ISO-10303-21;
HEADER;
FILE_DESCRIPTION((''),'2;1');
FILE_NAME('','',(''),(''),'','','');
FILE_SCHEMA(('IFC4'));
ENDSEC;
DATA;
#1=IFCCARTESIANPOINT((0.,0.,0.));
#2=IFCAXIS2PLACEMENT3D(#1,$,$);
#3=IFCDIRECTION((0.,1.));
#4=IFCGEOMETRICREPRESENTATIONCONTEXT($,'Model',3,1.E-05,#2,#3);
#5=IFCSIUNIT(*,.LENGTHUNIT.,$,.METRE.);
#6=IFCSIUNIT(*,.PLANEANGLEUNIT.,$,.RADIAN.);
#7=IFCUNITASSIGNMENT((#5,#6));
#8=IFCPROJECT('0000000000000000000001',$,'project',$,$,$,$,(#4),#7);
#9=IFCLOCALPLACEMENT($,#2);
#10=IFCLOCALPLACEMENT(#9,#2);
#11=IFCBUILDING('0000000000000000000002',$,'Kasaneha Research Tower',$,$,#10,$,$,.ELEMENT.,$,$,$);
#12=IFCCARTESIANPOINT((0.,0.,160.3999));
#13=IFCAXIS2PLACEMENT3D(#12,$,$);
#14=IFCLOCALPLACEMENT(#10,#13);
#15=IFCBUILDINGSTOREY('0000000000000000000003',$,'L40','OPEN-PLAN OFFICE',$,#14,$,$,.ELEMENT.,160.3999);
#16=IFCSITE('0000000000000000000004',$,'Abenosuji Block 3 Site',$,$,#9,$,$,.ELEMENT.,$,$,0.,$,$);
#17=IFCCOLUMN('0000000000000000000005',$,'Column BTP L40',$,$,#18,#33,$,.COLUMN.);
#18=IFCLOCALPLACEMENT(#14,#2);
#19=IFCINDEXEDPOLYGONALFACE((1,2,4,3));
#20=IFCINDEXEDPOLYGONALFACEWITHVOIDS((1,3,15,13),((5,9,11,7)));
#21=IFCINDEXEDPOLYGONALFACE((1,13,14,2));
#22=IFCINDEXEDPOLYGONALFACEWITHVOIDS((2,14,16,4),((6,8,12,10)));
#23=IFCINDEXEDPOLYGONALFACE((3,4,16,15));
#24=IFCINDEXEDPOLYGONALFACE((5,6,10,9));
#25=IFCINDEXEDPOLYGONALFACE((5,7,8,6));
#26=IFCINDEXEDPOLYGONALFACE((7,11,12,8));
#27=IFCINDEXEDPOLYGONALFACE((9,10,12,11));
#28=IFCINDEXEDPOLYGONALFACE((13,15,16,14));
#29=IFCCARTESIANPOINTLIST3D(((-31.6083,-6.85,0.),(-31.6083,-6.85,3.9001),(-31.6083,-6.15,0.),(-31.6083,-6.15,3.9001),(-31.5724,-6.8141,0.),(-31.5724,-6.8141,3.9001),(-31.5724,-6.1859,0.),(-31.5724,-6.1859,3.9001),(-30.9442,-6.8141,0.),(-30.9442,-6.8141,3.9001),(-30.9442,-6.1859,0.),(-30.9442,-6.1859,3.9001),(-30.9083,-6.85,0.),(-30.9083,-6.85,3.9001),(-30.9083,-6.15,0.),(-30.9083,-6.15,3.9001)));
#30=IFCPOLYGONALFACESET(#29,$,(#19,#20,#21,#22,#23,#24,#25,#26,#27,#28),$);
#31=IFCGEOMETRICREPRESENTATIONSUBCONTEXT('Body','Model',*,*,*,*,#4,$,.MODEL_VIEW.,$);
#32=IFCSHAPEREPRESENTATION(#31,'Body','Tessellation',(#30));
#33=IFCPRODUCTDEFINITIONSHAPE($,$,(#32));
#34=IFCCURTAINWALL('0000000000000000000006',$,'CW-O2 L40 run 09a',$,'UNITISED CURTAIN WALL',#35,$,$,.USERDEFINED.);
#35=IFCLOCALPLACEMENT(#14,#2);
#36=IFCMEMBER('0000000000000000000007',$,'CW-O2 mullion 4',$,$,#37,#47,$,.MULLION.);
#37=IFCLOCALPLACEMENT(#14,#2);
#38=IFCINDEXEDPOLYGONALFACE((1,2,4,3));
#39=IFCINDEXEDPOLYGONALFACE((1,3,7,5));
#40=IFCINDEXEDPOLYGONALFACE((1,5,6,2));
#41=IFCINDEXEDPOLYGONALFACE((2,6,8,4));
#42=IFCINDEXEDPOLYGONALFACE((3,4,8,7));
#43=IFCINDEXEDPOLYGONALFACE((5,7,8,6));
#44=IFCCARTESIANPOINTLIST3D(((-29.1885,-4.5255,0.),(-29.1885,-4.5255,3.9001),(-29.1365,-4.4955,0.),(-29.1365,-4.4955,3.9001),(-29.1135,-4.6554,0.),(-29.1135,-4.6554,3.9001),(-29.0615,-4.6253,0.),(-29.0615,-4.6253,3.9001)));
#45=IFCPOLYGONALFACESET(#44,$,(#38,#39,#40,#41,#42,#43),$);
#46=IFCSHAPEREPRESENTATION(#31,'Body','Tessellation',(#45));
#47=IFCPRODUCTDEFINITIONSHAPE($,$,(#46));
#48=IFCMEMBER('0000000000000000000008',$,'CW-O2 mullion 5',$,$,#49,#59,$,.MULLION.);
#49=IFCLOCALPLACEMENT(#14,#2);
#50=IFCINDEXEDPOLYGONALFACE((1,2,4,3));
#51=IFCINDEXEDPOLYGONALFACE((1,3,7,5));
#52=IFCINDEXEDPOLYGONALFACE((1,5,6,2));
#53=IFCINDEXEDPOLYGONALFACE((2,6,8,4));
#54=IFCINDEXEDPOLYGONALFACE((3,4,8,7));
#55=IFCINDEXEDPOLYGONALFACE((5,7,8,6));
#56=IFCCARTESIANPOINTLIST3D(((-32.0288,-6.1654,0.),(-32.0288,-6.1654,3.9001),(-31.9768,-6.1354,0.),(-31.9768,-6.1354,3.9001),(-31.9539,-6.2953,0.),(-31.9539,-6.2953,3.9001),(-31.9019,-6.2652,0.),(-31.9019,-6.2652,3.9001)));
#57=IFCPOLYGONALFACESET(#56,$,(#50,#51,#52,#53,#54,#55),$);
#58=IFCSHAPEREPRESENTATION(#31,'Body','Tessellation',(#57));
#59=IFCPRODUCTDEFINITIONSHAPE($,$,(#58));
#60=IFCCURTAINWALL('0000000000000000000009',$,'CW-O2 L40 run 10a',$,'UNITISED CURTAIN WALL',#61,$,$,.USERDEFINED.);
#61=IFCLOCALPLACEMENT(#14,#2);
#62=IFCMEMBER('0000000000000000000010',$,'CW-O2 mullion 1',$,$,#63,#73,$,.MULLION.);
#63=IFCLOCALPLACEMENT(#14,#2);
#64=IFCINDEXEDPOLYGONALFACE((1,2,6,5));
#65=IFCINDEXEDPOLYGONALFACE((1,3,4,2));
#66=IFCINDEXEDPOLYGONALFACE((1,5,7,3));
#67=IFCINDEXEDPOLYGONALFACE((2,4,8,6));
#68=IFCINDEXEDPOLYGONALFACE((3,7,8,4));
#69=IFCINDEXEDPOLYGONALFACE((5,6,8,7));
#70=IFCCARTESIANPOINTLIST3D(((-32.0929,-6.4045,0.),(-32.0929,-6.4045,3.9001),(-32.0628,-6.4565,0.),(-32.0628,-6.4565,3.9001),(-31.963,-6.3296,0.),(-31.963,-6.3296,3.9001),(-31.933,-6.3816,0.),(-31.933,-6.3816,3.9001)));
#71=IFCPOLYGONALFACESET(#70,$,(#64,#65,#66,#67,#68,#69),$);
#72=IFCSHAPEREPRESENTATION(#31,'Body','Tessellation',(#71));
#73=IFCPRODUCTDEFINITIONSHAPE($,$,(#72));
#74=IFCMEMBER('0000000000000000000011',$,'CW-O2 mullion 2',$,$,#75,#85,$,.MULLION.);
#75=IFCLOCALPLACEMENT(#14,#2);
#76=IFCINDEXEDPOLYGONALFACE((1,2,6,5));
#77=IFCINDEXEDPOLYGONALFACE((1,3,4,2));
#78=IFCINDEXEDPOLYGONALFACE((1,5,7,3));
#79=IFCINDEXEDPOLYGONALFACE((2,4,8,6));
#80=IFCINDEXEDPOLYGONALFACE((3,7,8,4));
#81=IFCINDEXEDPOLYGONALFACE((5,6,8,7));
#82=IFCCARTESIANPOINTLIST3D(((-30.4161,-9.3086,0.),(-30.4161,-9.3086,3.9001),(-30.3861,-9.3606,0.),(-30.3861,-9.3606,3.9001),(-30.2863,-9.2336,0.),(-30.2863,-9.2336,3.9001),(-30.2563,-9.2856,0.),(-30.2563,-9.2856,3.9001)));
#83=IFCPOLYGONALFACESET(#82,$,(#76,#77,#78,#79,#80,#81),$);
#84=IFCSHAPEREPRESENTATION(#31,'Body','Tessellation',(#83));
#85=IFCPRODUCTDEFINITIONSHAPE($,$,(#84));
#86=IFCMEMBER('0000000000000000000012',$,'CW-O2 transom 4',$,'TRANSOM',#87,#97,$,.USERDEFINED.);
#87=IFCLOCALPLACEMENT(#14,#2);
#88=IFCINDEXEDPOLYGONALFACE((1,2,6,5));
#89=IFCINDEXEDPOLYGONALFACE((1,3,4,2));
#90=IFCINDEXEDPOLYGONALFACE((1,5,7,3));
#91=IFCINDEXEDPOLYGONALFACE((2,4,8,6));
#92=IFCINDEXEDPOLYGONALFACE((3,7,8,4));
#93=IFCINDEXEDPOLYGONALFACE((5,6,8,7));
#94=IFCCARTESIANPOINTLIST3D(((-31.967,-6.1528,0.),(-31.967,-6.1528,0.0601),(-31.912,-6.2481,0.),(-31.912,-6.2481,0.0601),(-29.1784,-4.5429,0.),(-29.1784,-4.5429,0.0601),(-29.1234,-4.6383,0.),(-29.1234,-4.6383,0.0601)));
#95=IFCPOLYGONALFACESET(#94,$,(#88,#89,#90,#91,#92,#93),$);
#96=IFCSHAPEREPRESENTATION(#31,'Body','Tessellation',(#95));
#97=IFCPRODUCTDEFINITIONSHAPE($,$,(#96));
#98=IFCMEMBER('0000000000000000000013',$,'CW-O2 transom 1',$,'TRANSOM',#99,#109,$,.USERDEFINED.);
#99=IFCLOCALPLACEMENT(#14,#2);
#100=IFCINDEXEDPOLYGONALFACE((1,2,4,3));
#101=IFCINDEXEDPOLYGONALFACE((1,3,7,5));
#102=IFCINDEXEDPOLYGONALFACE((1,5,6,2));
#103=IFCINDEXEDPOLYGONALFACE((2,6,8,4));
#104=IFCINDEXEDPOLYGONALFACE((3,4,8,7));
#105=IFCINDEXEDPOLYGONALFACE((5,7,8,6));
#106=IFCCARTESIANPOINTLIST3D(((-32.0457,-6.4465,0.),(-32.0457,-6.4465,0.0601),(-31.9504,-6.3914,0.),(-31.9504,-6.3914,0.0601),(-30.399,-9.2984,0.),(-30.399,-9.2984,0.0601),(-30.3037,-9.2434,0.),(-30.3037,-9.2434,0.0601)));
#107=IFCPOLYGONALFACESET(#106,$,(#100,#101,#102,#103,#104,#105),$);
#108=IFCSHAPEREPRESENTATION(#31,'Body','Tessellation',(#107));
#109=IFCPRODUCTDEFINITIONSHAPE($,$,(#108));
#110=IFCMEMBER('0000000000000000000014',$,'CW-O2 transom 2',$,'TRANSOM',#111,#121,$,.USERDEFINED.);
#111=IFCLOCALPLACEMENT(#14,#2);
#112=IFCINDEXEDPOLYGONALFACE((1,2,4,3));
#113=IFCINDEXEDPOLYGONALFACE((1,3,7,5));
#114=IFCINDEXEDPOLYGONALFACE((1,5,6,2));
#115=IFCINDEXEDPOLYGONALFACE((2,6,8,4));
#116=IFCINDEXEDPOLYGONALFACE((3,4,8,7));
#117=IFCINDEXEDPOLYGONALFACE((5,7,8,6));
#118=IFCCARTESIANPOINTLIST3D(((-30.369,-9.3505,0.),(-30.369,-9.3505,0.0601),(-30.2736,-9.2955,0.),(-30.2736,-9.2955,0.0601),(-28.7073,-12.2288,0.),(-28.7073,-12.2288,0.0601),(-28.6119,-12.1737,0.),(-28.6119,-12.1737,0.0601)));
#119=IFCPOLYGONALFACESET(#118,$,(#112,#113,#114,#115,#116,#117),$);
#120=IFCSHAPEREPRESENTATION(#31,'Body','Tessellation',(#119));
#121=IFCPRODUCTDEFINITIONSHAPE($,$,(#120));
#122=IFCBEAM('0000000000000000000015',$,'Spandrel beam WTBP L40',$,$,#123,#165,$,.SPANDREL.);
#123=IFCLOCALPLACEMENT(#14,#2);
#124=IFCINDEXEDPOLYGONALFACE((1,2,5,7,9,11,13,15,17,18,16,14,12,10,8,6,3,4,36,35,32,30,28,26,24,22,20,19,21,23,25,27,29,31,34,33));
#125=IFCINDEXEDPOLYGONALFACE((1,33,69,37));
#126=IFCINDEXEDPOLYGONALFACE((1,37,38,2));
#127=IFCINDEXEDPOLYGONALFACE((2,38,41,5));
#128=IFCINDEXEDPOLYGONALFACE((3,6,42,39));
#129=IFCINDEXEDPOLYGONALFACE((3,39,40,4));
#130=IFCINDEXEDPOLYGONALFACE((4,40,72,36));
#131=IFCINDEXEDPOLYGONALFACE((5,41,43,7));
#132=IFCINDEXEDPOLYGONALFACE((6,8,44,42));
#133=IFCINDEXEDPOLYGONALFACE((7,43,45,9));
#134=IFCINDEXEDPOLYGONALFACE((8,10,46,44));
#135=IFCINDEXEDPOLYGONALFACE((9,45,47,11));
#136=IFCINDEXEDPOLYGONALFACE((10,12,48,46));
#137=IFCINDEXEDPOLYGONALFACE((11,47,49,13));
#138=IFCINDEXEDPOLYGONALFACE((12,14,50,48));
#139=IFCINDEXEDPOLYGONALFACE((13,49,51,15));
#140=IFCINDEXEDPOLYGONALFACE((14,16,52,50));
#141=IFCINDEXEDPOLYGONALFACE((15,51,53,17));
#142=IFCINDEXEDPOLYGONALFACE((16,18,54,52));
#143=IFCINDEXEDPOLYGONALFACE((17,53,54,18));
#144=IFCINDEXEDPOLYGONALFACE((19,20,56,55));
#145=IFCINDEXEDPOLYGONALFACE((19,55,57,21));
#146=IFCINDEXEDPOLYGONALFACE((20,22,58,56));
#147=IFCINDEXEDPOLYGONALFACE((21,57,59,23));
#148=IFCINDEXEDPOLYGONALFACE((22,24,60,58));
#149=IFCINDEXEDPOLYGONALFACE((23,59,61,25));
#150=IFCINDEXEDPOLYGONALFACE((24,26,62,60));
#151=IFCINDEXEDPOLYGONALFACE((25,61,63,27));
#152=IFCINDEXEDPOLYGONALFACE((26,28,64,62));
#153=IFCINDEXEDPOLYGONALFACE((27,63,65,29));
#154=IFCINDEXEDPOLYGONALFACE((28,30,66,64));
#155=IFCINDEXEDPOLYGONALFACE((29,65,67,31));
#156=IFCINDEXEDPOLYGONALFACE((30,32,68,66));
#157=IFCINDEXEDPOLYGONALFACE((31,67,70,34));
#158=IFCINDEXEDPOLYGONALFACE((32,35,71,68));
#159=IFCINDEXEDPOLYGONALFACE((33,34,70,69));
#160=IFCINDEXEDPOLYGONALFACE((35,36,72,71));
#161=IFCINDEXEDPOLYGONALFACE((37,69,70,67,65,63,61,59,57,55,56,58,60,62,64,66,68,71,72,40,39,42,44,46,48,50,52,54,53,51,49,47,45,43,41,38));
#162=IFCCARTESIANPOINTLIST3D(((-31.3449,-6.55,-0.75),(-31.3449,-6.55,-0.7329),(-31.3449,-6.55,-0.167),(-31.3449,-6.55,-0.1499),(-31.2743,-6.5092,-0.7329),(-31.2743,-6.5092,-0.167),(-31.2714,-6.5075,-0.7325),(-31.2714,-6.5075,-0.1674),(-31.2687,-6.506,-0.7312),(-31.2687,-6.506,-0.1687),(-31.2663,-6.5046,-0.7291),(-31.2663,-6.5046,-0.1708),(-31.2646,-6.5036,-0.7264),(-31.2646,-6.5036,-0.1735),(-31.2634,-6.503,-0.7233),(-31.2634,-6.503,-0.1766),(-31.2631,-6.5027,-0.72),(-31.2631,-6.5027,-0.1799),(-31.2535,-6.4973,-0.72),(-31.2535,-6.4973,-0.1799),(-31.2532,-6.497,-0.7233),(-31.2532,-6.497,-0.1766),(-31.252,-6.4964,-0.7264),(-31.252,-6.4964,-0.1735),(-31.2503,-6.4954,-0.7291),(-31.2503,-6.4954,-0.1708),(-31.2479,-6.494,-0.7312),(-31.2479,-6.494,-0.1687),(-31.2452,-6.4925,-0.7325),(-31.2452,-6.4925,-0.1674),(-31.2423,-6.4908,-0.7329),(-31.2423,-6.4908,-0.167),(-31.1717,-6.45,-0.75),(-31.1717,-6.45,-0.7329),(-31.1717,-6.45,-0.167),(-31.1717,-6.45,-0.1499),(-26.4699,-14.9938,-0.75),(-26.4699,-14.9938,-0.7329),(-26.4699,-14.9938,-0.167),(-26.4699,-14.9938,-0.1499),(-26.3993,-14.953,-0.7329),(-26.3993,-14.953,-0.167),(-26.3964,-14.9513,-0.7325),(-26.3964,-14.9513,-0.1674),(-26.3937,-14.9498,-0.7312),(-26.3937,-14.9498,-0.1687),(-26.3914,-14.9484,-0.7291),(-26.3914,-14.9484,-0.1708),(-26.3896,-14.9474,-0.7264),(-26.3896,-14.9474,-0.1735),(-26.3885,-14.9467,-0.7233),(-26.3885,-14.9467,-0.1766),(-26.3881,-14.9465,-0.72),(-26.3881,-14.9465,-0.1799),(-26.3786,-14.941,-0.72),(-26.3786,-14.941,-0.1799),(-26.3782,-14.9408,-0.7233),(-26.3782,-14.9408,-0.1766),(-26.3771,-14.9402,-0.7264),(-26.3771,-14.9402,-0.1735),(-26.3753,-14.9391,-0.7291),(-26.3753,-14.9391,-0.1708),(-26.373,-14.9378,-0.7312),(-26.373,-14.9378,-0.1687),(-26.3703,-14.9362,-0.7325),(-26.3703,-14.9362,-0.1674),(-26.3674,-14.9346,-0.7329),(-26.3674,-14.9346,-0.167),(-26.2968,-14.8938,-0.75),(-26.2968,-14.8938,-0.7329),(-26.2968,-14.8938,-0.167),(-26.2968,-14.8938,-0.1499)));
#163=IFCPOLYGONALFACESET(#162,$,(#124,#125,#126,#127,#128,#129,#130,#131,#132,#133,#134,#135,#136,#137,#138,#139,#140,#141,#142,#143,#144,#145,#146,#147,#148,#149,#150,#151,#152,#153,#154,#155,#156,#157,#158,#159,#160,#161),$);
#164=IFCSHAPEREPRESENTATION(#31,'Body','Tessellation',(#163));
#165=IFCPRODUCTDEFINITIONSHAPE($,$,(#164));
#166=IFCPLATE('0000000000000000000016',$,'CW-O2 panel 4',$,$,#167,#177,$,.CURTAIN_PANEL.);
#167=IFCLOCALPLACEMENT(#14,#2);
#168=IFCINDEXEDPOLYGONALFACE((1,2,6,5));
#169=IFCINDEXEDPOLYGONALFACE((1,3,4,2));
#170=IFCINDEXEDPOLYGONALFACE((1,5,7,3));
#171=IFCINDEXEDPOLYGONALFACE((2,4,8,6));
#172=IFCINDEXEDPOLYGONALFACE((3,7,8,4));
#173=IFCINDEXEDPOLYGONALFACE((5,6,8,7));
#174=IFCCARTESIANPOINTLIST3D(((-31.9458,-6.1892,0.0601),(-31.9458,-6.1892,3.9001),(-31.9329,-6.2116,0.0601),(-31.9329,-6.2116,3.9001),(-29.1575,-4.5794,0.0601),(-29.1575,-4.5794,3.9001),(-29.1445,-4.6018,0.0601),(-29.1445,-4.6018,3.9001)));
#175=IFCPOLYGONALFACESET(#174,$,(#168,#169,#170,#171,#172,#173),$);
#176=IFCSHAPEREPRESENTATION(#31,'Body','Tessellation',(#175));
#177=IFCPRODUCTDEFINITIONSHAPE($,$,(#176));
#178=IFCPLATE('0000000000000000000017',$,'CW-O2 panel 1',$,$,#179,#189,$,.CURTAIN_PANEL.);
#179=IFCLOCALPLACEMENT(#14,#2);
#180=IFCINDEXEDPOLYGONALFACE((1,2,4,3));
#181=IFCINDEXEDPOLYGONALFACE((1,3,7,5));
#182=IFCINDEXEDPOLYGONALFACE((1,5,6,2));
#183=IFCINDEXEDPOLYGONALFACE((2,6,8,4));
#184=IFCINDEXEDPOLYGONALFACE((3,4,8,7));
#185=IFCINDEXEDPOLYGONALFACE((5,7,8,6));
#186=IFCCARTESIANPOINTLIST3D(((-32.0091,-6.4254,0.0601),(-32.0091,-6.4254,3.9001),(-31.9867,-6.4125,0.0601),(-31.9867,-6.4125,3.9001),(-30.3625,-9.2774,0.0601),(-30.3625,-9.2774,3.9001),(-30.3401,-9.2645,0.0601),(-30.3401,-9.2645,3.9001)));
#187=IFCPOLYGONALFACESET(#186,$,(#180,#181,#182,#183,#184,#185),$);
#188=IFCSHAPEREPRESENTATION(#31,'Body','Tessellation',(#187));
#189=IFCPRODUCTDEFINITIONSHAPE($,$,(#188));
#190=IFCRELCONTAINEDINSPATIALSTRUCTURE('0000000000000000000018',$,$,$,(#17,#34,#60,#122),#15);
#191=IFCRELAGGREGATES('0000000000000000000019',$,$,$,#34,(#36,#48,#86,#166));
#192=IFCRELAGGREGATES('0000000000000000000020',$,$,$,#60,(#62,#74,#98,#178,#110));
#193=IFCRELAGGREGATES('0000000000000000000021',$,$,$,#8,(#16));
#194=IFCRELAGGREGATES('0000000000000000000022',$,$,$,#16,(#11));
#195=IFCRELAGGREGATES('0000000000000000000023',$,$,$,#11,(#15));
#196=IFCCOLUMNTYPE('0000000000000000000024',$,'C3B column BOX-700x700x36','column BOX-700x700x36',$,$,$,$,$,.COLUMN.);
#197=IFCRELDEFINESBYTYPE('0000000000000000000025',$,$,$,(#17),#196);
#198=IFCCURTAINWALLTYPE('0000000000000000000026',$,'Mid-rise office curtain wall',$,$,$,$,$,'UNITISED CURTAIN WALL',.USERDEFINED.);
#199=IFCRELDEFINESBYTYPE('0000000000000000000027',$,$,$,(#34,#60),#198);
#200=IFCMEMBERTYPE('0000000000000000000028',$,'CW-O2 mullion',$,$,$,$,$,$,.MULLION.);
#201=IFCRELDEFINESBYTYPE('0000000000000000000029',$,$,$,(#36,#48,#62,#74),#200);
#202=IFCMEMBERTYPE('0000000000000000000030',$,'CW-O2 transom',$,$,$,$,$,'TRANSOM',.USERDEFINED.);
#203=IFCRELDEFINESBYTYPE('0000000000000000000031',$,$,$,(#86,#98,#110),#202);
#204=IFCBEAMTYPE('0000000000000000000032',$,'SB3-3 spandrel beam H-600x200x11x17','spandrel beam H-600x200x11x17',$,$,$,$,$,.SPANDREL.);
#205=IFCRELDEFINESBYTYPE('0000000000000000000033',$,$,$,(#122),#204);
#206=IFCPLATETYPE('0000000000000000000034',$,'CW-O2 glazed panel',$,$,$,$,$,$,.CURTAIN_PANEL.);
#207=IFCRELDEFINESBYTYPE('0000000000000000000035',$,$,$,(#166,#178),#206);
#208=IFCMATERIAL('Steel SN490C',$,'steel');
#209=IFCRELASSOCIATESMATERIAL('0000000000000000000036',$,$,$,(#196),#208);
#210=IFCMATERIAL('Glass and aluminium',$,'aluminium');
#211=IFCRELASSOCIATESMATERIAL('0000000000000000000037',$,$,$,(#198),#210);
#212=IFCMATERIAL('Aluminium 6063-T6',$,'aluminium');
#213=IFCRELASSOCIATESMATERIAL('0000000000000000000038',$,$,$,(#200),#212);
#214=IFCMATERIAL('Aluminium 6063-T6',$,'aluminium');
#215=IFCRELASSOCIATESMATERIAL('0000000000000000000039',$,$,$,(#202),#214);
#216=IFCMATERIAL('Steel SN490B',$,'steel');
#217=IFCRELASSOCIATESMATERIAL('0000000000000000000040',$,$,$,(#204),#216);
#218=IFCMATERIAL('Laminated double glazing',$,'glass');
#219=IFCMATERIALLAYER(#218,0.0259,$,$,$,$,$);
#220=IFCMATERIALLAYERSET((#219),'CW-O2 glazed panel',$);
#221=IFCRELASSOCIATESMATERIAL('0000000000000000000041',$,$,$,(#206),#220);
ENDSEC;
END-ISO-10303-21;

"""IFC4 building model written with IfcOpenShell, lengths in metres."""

from ifc_helpers import new_model, si_unit, direction, frame, origin, origin_2d, place, context, subcontext, project, spatial, rectangle, hollow_rectangle, i_section, extrude, material, layer, layer_set, material_profile, profile_set, type_object, element, aggregate, save


model = new_model("IFC4")

# Units and contexts
model_context = context("Model", 3, precision=1e-05, world=origin(), true_north=direction((0.0, 1.0)))
body_context = subcontext(model_context, "Body", "Model", "MODEL_VIEW")
ifc_project = project(units=[si_unit("LENGTHUNIT", "METRE"), si_unit("PLANEANGLEUNIT", "RADIAN")], contexts=[model_context])

# Site, building, storey
site_placement = place(None, origin())
site = spatial("IfcSite", under=ifc_project, at=site_placement, Name="Abenosuji Block 3 Site", CompositionType="ELEMENT", RefElevation=0.0)
building_placement = place(site_placement, origin())
building = spatial("IfcBuilding", under=site, at=building_placement, Name="Kasaneha Research Tower", CompositionType="ELEMENT")
storey_placement = place(building_placement, frame((0.0, 0.0, 160.3999)))
storey = spatial("IfcBuildingStorey", under=building, at=storey_placement, Name="L40", Description="OPEN-PLAN OFFICE", CompositionType="ELEMENT", Elevation=160.3999)

# Column
ifc_material_1 = material(Name="Steel SN490C", Category="steel")
ifc_material_profile_1 = material_profile(ifc_material_1, hollow_rectangle(XDim=0.7, YDim=0.7, WallThickness=0.0359, at=origin_2d()), Name="BOX-700x700x36")
ifc_profile_set_1 = profile_set([ifc_material_profile_1], Name="Steel SN490C")
column_type = type_object("IfcColumnType", Name="C3B column BOX-700x700x36", Description="column BOX-700x700x36", PredefinedType="COLUMN", material=ifc_profile_set_1)
column_placement = place(storey_placement, frame((-31.2583, -6.5, 0.0), z_axis=(0.0, 0.0, 1.0), x_axis=(1.0, 0.0, 0.0)))
element("IfcColumn", 1, at=column_placement, inside=storey, type_object=column_type, Name="Column BTP L40", PredefinedType="COLUMN", context=body_context, shape_type="SweptSolid", body=[
    extrude(hollow_rectangle(XDim=0.7, YDim=0.7, WallThickness=0.0359, at=origin_2d()), origin(), (0.0, 0.0, 1.0), 3.9001),
])

# Curtain walls, members
ifc_material_2 = material(Name="Glass and aluminium", Category="aluminium")
curtain_wall_type = type_object("IfcCurtainWallType", Name="Mid-rise office curtain wall", ElementType="UNITISED CURTAIN WALL", PredefinedType="USERDEFINED", material=ifc_material_2)
curtain_wall_1_placement = place(storey_placement, origin())
curtain_wall_1 = element("IfcCurtainWall", 2, at=curtain_wall_1_placement, inside=storey, type_object=curtain_wall_type, Name="CW-O2 L40 run 09a", ObjectType="UNITISED CURTAIN WALL", PredefinedType="USERDEFINED")
ifc_material_3 = material(Name="Aluminium 6063-T6", Category="aluminium")
ifc_material_profile_2 = material_profile(ifc_material_3, rectangle(XDim=0.0601, YDim=0.1499, at=origin_2d()), Name="CW-O2 mullion 60x150")
ifc_profile_set_2 = profile_set([ifc_material_profile_2], Name="Aluminium 6063-T6")
member_type_1 = type_object("IfcMemberType", Name="CW-O2 mullion", PredefinedType="MULLION", material=ifc_profile_set_2)
member_1_placement = place(storey_placement, frame((-29.125, -4.5754, 0.0), z_axis=(0.0, 0.0, 1.0), x_axis=(-0.866025, -0.5, 0.0)))
member_1 = element("IfcMember", 3, at=member_1_placement, type_object=member_type_1, Name="CW-O2 mullion 4", PredefinedType="MULLION", context=body_context, shape_type="SweptSolid", body=[
    extrude(rectangle(XDim=0.0601, YDim=0.1499, at=origin_2d()), origin(), (0.0, 0.0, 1.0), 3.9001),
])
member_2_placement = place(storey_placement, frame((-31.9653, -6.2153, 0.0), z_axis=(0.0, 0.0, 1.0), x_axis=(-0.866025, -0.5, 0.0)))
member_2 = element("IfcMember", 4, at=member_2_placement, type_object=member_type_1, Name="CW-O2 mullion 5", PredefinedType="MULLION", context=body_context, shape_type="SweptSolid", body=[
    extrude(rectangle(XDim=0.0601, YDim=0.1499, at=origin_2d()), origin(), (0.0, 0.0, 1.0), 3.9001),
])
curtain_wall_2_placement = place(storey_placement, origin())
curtain_wall_2 = element("IfcCurtainWall", 5, at=curtain_wall_2_placement, inside=storey, type_object=curtain_wall_type, Name="CW-O2 L40 run 10a", ObjectType="UNITISED CURTAIN WALL", PredefinedType="USERDEFINED")
member_3_placement = place(storey_placement, frame((-32.0129, -6.3931, 0.0), z_axis=(0.0, 0.0, 1.0), x_axis=(0.5, -0.866025, 0.0)))
member_3 = element("IfcMember", 6, at=member_3_placement, type_object=member_type_1, Name="CW-O2 mullion 1", PredefinedType="MULLION", context=body_context, shape_type="SweptSolid", body=[
    extrude(rectangle(XDim=0.0601, YDim=0.1499, at=origin_2d()), origin(), (0.0, 0.0, 1.0), 3.9001),
])
member_4_placement = place(storey_placement, frame((-30.3362, -9.2971, 0.0), z_axis=(0.0, 0.0, 1.0), x_axis=(0.5, -0.866025, 0.0)))
member_4 = element("IfcMember", 7, at=member_4_placement, type_object=member_type_1, Name="CW-O2 mullion 2", PredefinedType="MULLION", context=body_context, shape_type="SweptSolid", body=[
    extrude(rectangle(XDim=0.0601, YDim=0.1499, at=origin_2d()), origin(), (0.0, 0.0, 1.0), 3.9001),
])

# Members
ifc_material_4 = material(Name="Aluminium 6063-T6", Category="aluminium")
ifc_material_profile_3 = material_profile(ifc_material_4, rectangle(XDim=0.1101, YDim=0.0601, at=origin_2d()), Name="CW-O2 transom 110x60")
ifc_profile_set_3 = profile_set([ifc_material_profile_3], Name="Aluminium 6063-T6")
member_type_2 = type_object("IfcMemberType", Name="CW-O2 transom", ElementType="TRANSOM", PredefinedType="USERDEFINED", material=ifc_profile_set_3)
member_5_placement = place(storey_placement, frame((-29.1509, -4.5906, 0.03), z_axis=(-0.866042, -0.499972, 0.0), x_axis=(0.499972, -0.866042, 0.0)))
member_5 = element("IfcMember", 8, at=member_5_placement, type_object=member_type_2, Name="CW-O2 transom 4", ObjectType="TRANSOM", PredefinedType="USERDEFINED", context=body_context, shape_type="SweptSolid", body=[
    extrude(rectangle(XDim=0.1101, YDim=0.0601, at=origin_2d()), origin(), (0.0, 0.0, 1.0), 3.22),
])
member_6_placement = place(storey_placement, frame((-31.998, -6.4189, 0.03), z_axis=(0.500022, -0.866013, 0.0), x_axis=(0.866013, 0.500022, 0.0)))
member_6 = element("IfcMember", 9, at=member_6_placement, type_object=member_type_2, Name="CW-O2 transom 1", ObjectType="TRANSOM", PredefinedType="USERDEFINED", context=body_context, shape_type="SweptSolid", body=[
    extrude(rectangle(XDim=0.1101, YDim=0.0601, at=origin_2d()), origin(), (0.0, 0.0, 1.0), 3.2932),
])
member_7_placement = place(storey_placement, frame((-30.3213, -9.323, 0.03), z_axis=(0.499979, -0.866038, 0.0), x_axis=(0.866038, 0.499979, 0.0)))
member_7 = element("IfcMember", 10, at=member_7_placement, type_object=member_type_2, Name="CW-O2 transom 2", ObjectType="TRANSOM", PredefinedType="USERDEFINED", context=body_context, shape_type="SweptSolid", body=[
    extrude(rectangle(XDim=0.1101, YDim=0.0601, at=origin_2d()), origin(), (0.0, 0.0, 1.0), 3.3235),
])

# Beam
ifc_material_5 = material(Name="Steel SN490B", Category="steel")
ifc_material_profile_4 = material_profile(ifc_material_5, i_section(OverallWidth=0.2, OverallDepth=0.6001, WebThickness=0.011, FlangeThickness=0.0171, FilletRadius=0.0129, at=origin_2d()), Name="H-600x200x11x17")
ifc_profile_set_4 = profile_set([ifc_material_profile_4], Name="Steel SN490B")
beam_type = type_object("IfcBeamType", Name="SB3-3 spandrel beam H-600x200x11x17", Description="spandrel beam H-600x200x11x17", PredefinedType="SPANDREL", material=ifc_profile_set_4)
beam_placement = place(storey_placement, frame((-31.2583, -6.5, -0.45), z_axis=(0.499996, -0.866028, 0.0), x_axis=(0.866028, 0.499996, 0.0)))
element("IfcBeam", 11, at=beam_placement, inside=storey, type_object=beam_type, Name="Spandrel beam WTBP L40", PredefinedType="SPANDREL", context=body_context, shape_type="SweptSolid", body=[
    extrude(i_section(OverallWidth=0.2, OverallDepth=0.6001, WebThickness=0.011, FlangeThickness=0.0171, FilletRadius=0.0129, at=origin_2d()), origin(), (0.0, 0.0, 1.0), 9.75),
])

# Plates
ifc_material_6 = material(Name="Laminated double glazing", Category="glass")
ifc_layer_1 = layer(ifc_material_6, 0.0259)
ifc_layer_set_1 = layer_set([ifc_layer_1], Name="CW-O2 glazed panel")
plate_type = type_object("IfcPlateType", Name="CW-O2 glazed panel", PredefinedType="CURTAIN_PANEL", material=ifc_layer_set_1)
plate_1_placement = place(storey_placement, frame((-30.5452, -5.3955, 0.0601), z_axis=(0.0, 0.0, 1.0), x_axis=(-0.866025, -0.5, 0.0)))
plate_1 = element("IfcPlate", 12, at=plate_1_placement, type_object=plate_type, Name="CW-O2 panel 4", PredefinedType="CURTAIN_PANEL", context=body_context, shape_type="SweptSolid", body=[
    extrude(rectangle(XDim=3.2197, YDim=0.0259, at=origin_2d()), origin(), (0.0, 0.0, 1.0), 3.8401),
])
aggregate(curtain_wall_1, [member_1, member_2, member_5, plate_1])
plate_2_placement = place(storey_placement, frame((-31.1746, -7.845, 0.0601), z_axis=(0.0, 0.0, 1.0), x_axis=(0.5, -0.866025, 0.0)))
plate_2 = element("IfcPlate", 13, at=plate_2_placement, type_object=plate_type, Name="CW-O2 panel 1", PredefinedType="CURTAIN_PANEL", context=body_context, shape_type="SweptSolid", body=[
    extrude(rectangle(XDim=3.2932, YDim=0.0259, at=origin_2d()), origin(), (0.0, 0.0, 1.0), 3.8401),
])
aggregate(curtain_wall_2, [member_3, member_4, member_6, plate_2, member_7])

save(model, "model.ifc")
